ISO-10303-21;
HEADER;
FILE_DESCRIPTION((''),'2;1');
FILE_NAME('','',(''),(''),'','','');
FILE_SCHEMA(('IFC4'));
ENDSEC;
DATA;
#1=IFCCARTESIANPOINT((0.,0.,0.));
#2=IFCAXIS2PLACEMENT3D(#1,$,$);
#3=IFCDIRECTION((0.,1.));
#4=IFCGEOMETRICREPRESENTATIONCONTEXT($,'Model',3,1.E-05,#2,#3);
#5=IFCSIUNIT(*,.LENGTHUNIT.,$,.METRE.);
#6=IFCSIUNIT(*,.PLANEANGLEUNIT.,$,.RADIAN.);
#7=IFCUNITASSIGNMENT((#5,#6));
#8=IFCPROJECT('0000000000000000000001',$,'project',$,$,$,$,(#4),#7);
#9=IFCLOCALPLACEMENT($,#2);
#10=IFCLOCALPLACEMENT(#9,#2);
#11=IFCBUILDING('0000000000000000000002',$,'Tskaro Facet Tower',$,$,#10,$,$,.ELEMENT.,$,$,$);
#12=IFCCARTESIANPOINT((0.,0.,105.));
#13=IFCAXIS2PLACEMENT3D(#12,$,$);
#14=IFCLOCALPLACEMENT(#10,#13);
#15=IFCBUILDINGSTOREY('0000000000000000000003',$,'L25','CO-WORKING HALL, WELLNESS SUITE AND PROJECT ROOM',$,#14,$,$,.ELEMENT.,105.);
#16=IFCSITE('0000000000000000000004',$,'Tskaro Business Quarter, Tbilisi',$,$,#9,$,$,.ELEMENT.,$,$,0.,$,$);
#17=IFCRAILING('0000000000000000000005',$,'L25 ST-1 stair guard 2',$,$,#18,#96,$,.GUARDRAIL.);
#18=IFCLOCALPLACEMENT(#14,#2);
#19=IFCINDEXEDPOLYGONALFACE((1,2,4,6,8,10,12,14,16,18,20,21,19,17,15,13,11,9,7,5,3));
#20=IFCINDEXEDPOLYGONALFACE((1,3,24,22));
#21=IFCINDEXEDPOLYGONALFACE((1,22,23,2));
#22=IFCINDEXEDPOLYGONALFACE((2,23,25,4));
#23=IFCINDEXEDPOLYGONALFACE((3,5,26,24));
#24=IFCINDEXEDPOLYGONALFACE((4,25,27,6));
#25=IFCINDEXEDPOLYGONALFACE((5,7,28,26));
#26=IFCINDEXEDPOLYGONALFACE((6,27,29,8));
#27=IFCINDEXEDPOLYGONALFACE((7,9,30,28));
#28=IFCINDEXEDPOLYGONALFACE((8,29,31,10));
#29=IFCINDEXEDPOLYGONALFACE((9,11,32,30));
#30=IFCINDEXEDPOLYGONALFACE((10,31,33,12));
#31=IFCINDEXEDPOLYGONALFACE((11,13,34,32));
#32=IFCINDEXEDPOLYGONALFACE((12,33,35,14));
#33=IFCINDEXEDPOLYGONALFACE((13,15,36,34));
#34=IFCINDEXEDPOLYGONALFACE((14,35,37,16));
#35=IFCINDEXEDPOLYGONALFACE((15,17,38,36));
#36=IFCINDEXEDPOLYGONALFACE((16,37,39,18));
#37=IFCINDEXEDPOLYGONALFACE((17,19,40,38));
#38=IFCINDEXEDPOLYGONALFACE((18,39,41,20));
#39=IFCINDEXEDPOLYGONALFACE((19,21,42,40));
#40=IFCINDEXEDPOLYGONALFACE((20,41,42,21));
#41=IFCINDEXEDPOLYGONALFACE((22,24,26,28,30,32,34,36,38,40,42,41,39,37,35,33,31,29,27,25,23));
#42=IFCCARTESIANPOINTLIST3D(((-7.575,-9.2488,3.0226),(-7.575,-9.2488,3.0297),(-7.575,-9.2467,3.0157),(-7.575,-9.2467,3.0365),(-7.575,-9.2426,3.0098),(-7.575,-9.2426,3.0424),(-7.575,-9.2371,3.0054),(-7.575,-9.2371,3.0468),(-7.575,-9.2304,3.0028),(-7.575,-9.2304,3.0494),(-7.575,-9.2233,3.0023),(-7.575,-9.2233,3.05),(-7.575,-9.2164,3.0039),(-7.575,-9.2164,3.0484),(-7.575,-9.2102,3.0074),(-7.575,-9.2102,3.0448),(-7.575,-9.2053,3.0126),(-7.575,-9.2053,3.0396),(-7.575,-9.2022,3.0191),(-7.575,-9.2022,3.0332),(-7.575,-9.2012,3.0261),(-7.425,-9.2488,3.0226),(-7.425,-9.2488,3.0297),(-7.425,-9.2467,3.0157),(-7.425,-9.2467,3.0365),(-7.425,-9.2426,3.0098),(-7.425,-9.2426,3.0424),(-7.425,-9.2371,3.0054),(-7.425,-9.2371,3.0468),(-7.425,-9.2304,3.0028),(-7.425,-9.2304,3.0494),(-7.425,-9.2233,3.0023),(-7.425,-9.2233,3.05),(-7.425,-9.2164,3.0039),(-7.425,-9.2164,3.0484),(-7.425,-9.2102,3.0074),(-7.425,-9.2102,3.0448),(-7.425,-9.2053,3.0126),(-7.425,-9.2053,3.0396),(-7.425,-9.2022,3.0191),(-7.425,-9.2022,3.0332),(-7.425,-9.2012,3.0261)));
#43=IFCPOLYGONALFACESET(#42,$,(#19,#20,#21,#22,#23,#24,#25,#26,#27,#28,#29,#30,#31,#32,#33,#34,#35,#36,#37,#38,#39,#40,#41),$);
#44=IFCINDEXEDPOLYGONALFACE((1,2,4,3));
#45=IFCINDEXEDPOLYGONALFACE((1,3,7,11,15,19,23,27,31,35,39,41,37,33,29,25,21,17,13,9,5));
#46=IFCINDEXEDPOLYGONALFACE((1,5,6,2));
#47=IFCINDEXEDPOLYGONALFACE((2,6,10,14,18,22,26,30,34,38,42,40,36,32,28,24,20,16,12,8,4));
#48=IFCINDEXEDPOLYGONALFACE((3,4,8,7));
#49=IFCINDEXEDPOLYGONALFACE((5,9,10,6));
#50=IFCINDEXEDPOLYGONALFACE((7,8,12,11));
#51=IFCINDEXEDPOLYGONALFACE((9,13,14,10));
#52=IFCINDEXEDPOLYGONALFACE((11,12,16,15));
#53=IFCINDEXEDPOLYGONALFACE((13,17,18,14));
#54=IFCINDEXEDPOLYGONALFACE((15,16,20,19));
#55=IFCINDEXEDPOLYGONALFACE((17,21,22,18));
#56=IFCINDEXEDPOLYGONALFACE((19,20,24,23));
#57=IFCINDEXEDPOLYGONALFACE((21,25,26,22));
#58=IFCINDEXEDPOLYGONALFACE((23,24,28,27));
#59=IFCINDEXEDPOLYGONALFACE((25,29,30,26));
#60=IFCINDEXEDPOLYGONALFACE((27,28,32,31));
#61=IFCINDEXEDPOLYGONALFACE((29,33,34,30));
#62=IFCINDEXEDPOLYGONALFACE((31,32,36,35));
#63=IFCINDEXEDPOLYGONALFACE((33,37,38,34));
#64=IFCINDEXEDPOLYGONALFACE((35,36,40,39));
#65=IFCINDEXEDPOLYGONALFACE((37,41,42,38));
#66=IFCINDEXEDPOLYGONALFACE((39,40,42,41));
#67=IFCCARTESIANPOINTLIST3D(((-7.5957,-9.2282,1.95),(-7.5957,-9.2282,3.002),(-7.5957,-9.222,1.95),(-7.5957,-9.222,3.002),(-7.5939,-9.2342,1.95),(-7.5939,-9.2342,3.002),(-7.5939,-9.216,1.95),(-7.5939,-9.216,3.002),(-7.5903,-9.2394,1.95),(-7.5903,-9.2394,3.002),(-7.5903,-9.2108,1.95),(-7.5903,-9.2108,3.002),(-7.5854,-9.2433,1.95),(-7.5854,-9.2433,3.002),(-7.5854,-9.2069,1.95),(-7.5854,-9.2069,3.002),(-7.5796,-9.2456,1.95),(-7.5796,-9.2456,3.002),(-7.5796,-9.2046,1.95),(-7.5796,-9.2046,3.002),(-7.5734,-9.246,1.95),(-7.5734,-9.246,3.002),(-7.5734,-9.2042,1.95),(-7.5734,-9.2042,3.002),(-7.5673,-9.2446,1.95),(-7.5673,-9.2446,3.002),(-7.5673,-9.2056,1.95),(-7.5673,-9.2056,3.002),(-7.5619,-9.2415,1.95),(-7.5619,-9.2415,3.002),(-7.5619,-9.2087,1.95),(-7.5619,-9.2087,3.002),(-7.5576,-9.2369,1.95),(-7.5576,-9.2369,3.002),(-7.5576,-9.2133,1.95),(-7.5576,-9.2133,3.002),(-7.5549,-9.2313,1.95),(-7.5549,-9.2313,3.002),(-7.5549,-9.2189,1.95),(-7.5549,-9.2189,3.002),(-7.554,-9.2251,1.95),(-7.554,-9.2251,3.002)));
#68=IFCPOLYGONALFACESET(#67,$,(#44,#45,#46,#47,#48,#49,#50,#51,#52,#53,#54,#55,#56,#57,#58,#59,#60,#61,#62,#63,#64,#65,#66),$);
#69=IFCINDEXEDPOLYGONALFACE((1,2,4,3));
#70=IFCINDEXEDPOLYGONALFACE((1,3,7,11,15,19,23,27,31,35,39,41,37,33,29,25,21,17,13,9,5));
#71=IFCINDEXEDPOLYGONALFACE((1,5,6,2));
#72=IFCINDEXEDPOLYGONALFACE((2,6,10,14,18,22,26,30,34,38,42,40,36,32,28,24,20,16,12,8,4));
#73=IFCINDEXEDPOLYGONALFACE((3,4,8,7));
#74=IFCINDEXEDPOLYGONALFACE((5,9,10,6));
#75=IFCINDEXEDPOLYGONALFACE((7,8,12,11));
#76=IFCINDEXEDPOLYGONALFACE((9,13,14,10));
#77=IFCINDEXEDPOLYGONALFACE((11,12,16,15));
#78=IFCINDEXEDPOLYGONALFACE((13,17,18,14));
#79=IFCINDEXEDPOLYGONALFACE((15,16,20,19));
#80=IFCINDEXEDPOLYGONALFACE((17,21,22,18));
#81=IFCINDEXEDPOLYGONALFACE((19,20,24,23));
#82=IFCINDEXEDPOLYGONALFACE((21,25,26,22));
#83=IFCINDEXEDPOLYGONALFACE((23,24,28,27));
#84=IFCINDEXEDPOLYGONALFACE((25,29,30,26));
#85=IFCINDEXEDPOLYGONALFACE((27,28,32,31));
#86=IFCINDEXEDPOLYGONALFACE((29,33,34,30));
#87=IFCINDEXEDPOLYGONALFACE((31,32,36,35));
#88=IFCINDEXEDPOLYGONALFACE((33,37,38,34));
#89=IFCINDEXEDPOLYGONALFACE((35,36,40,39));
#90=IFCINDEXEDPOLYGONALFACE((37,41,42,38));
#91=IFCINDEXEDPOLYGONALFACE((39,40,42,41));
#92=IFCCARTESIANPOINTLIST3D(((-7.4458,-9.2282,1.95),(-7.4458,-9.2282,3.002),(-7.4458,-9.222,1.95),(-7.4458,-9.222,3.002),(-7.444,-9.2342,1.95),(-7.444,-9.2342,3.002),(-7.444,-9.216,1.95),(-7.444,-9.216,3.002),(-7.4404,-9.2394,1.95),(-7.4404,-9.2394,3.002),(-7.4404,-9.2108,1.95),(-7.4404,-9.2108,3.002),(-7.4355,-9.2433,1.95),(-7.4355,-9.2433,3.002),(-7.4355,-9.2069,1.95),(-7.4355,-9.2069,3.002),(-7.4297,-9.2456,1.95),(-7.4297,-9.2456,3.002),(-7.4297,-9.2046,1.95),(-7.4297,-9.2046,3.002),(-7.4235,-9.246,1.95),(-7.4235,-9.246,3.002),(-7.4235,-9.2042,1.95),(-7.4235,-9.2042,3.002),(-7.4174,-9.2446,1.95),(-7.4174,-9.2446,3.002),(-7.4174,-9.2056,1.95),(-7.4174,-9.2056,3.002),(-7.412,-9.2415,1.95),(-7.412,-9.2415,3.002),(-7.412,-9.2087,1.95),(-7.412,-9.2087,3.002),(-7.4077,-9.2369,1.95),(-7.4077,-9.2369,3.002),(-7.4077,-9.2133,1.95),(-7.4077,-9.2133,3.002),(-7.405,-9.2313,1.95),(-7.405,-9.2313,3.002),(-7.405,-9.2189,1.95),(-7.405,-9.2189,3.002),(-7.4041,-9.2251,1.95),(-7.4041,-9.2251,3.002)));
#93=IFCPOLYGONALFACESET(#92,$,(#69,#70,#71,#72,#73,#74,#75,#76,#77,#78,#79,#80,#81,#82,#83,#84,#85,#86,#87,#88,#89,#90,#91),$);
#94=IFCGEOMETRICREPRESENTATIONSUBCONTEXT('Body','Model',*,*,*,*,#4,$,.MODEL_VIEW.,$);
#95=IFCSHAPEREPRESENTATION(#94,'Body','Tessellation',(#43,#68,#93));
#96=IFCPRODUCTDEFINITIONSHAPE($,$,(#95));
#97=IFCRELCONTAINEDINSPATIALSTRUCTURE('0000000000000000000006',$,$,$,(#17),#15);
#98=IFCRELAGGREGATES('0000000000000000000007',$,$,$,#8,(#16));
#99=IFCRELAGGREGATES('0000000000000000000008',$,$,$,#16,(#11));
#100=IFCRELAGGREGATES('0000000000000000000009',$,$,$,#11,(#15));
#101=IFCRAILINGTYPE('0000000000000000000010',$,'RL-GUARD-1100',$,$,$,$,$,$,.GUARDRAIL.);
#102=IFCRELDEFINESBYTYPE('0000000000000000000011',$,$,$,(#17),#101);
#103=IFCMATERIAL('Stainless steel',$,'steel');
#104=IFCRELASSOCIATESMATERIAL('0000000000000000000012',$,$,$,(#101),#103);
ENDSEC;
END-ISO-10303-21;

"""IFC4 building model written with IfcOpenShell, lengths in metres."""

from ifc_helpers import new_model, si_unit, direction, frame, origin, origin_2d, place, context, subcontext, project, spatial, circle, extrude, material, type_object, element, save


model = new_model("IFC4")

# Units and contexts
model_context = context("Model", 3, precision=1e-05, world=origin(), true_north=direction((0.0, 1.0)))
body_context = subcontext(model_context, "Body", "Model", "MODEL_VIEW")
ifc_project = project(units=[si_unit("LENGTHUNIT", "METRE"), si_unit("PLANEANGLEUNIT", "RADIAN")], contexts=[model_context])

# Site, building, storey
site_placement = place(None, origin())
site = spatial("IfcSite", under=ifc_project, at=site_placement, Name="Tskaro Business Quarter, Tbilisi", CompositionType="ELEMENT", RefElevation=0.0)
building_placement = place(site_placement, origin())
building = spatial("IfcBuilding", under=site, at=building_placement, Name="Tskaro Facet Tower", CompositionType="ELEMENT")
storey_placement = place(building_placement, frame((0.0, 0.0, 105.0)))
storey = spatial("IfcBuildingStorey", under=building, at=storey_placement, Name="L25", Description="CO-WORKING HALL, WELLNESS SUITE AND PROJECT ROOM", CompositionType="ELEMENT", Elevation=105.0)

# Shared definitions
ifc_material_1 = material(Name="Stainless steel", Category="steel")

# Railing
railing_type_1 = type_object("IfcRailingType", Name="RL-GUARD-1100", PredefinedType="GUARDRAIL", material=ifc_material_1)
railing_1_placement = place(storey_placement, frame((-7.575, -9.2251, 1.95)))
element("IfcRailing", 1, at=railing_1_placement, inside=storey, type_object=railing_type_1, Name="L25 ST-1 stair guard 2", PredefinedType="GUARDRAIL", context=body_context, shape_type="SweptSolid", body=[
    extrude(circle(Radius=0.0239, at=origin_2d()), frame((0.0, 0.0, 1.0762), z_axis=(1.0, 0.0, 0.0), x_axis=(0.0, 1.0, 0.0)), (0.0, 0.0, 1.0), 0.1499),
    extrude(circle(Radius=0.021, at=origin_2d()), origin(), (0.0, 0.0, 1.0), 1.052),
    extrude(circle(Radius=0.021, at=origin_2d()), frame((0.1499, 0.0, 0.0)), (0.0, 0.0, 1.0), 1.052),
])

save(model, "model.ifc")
